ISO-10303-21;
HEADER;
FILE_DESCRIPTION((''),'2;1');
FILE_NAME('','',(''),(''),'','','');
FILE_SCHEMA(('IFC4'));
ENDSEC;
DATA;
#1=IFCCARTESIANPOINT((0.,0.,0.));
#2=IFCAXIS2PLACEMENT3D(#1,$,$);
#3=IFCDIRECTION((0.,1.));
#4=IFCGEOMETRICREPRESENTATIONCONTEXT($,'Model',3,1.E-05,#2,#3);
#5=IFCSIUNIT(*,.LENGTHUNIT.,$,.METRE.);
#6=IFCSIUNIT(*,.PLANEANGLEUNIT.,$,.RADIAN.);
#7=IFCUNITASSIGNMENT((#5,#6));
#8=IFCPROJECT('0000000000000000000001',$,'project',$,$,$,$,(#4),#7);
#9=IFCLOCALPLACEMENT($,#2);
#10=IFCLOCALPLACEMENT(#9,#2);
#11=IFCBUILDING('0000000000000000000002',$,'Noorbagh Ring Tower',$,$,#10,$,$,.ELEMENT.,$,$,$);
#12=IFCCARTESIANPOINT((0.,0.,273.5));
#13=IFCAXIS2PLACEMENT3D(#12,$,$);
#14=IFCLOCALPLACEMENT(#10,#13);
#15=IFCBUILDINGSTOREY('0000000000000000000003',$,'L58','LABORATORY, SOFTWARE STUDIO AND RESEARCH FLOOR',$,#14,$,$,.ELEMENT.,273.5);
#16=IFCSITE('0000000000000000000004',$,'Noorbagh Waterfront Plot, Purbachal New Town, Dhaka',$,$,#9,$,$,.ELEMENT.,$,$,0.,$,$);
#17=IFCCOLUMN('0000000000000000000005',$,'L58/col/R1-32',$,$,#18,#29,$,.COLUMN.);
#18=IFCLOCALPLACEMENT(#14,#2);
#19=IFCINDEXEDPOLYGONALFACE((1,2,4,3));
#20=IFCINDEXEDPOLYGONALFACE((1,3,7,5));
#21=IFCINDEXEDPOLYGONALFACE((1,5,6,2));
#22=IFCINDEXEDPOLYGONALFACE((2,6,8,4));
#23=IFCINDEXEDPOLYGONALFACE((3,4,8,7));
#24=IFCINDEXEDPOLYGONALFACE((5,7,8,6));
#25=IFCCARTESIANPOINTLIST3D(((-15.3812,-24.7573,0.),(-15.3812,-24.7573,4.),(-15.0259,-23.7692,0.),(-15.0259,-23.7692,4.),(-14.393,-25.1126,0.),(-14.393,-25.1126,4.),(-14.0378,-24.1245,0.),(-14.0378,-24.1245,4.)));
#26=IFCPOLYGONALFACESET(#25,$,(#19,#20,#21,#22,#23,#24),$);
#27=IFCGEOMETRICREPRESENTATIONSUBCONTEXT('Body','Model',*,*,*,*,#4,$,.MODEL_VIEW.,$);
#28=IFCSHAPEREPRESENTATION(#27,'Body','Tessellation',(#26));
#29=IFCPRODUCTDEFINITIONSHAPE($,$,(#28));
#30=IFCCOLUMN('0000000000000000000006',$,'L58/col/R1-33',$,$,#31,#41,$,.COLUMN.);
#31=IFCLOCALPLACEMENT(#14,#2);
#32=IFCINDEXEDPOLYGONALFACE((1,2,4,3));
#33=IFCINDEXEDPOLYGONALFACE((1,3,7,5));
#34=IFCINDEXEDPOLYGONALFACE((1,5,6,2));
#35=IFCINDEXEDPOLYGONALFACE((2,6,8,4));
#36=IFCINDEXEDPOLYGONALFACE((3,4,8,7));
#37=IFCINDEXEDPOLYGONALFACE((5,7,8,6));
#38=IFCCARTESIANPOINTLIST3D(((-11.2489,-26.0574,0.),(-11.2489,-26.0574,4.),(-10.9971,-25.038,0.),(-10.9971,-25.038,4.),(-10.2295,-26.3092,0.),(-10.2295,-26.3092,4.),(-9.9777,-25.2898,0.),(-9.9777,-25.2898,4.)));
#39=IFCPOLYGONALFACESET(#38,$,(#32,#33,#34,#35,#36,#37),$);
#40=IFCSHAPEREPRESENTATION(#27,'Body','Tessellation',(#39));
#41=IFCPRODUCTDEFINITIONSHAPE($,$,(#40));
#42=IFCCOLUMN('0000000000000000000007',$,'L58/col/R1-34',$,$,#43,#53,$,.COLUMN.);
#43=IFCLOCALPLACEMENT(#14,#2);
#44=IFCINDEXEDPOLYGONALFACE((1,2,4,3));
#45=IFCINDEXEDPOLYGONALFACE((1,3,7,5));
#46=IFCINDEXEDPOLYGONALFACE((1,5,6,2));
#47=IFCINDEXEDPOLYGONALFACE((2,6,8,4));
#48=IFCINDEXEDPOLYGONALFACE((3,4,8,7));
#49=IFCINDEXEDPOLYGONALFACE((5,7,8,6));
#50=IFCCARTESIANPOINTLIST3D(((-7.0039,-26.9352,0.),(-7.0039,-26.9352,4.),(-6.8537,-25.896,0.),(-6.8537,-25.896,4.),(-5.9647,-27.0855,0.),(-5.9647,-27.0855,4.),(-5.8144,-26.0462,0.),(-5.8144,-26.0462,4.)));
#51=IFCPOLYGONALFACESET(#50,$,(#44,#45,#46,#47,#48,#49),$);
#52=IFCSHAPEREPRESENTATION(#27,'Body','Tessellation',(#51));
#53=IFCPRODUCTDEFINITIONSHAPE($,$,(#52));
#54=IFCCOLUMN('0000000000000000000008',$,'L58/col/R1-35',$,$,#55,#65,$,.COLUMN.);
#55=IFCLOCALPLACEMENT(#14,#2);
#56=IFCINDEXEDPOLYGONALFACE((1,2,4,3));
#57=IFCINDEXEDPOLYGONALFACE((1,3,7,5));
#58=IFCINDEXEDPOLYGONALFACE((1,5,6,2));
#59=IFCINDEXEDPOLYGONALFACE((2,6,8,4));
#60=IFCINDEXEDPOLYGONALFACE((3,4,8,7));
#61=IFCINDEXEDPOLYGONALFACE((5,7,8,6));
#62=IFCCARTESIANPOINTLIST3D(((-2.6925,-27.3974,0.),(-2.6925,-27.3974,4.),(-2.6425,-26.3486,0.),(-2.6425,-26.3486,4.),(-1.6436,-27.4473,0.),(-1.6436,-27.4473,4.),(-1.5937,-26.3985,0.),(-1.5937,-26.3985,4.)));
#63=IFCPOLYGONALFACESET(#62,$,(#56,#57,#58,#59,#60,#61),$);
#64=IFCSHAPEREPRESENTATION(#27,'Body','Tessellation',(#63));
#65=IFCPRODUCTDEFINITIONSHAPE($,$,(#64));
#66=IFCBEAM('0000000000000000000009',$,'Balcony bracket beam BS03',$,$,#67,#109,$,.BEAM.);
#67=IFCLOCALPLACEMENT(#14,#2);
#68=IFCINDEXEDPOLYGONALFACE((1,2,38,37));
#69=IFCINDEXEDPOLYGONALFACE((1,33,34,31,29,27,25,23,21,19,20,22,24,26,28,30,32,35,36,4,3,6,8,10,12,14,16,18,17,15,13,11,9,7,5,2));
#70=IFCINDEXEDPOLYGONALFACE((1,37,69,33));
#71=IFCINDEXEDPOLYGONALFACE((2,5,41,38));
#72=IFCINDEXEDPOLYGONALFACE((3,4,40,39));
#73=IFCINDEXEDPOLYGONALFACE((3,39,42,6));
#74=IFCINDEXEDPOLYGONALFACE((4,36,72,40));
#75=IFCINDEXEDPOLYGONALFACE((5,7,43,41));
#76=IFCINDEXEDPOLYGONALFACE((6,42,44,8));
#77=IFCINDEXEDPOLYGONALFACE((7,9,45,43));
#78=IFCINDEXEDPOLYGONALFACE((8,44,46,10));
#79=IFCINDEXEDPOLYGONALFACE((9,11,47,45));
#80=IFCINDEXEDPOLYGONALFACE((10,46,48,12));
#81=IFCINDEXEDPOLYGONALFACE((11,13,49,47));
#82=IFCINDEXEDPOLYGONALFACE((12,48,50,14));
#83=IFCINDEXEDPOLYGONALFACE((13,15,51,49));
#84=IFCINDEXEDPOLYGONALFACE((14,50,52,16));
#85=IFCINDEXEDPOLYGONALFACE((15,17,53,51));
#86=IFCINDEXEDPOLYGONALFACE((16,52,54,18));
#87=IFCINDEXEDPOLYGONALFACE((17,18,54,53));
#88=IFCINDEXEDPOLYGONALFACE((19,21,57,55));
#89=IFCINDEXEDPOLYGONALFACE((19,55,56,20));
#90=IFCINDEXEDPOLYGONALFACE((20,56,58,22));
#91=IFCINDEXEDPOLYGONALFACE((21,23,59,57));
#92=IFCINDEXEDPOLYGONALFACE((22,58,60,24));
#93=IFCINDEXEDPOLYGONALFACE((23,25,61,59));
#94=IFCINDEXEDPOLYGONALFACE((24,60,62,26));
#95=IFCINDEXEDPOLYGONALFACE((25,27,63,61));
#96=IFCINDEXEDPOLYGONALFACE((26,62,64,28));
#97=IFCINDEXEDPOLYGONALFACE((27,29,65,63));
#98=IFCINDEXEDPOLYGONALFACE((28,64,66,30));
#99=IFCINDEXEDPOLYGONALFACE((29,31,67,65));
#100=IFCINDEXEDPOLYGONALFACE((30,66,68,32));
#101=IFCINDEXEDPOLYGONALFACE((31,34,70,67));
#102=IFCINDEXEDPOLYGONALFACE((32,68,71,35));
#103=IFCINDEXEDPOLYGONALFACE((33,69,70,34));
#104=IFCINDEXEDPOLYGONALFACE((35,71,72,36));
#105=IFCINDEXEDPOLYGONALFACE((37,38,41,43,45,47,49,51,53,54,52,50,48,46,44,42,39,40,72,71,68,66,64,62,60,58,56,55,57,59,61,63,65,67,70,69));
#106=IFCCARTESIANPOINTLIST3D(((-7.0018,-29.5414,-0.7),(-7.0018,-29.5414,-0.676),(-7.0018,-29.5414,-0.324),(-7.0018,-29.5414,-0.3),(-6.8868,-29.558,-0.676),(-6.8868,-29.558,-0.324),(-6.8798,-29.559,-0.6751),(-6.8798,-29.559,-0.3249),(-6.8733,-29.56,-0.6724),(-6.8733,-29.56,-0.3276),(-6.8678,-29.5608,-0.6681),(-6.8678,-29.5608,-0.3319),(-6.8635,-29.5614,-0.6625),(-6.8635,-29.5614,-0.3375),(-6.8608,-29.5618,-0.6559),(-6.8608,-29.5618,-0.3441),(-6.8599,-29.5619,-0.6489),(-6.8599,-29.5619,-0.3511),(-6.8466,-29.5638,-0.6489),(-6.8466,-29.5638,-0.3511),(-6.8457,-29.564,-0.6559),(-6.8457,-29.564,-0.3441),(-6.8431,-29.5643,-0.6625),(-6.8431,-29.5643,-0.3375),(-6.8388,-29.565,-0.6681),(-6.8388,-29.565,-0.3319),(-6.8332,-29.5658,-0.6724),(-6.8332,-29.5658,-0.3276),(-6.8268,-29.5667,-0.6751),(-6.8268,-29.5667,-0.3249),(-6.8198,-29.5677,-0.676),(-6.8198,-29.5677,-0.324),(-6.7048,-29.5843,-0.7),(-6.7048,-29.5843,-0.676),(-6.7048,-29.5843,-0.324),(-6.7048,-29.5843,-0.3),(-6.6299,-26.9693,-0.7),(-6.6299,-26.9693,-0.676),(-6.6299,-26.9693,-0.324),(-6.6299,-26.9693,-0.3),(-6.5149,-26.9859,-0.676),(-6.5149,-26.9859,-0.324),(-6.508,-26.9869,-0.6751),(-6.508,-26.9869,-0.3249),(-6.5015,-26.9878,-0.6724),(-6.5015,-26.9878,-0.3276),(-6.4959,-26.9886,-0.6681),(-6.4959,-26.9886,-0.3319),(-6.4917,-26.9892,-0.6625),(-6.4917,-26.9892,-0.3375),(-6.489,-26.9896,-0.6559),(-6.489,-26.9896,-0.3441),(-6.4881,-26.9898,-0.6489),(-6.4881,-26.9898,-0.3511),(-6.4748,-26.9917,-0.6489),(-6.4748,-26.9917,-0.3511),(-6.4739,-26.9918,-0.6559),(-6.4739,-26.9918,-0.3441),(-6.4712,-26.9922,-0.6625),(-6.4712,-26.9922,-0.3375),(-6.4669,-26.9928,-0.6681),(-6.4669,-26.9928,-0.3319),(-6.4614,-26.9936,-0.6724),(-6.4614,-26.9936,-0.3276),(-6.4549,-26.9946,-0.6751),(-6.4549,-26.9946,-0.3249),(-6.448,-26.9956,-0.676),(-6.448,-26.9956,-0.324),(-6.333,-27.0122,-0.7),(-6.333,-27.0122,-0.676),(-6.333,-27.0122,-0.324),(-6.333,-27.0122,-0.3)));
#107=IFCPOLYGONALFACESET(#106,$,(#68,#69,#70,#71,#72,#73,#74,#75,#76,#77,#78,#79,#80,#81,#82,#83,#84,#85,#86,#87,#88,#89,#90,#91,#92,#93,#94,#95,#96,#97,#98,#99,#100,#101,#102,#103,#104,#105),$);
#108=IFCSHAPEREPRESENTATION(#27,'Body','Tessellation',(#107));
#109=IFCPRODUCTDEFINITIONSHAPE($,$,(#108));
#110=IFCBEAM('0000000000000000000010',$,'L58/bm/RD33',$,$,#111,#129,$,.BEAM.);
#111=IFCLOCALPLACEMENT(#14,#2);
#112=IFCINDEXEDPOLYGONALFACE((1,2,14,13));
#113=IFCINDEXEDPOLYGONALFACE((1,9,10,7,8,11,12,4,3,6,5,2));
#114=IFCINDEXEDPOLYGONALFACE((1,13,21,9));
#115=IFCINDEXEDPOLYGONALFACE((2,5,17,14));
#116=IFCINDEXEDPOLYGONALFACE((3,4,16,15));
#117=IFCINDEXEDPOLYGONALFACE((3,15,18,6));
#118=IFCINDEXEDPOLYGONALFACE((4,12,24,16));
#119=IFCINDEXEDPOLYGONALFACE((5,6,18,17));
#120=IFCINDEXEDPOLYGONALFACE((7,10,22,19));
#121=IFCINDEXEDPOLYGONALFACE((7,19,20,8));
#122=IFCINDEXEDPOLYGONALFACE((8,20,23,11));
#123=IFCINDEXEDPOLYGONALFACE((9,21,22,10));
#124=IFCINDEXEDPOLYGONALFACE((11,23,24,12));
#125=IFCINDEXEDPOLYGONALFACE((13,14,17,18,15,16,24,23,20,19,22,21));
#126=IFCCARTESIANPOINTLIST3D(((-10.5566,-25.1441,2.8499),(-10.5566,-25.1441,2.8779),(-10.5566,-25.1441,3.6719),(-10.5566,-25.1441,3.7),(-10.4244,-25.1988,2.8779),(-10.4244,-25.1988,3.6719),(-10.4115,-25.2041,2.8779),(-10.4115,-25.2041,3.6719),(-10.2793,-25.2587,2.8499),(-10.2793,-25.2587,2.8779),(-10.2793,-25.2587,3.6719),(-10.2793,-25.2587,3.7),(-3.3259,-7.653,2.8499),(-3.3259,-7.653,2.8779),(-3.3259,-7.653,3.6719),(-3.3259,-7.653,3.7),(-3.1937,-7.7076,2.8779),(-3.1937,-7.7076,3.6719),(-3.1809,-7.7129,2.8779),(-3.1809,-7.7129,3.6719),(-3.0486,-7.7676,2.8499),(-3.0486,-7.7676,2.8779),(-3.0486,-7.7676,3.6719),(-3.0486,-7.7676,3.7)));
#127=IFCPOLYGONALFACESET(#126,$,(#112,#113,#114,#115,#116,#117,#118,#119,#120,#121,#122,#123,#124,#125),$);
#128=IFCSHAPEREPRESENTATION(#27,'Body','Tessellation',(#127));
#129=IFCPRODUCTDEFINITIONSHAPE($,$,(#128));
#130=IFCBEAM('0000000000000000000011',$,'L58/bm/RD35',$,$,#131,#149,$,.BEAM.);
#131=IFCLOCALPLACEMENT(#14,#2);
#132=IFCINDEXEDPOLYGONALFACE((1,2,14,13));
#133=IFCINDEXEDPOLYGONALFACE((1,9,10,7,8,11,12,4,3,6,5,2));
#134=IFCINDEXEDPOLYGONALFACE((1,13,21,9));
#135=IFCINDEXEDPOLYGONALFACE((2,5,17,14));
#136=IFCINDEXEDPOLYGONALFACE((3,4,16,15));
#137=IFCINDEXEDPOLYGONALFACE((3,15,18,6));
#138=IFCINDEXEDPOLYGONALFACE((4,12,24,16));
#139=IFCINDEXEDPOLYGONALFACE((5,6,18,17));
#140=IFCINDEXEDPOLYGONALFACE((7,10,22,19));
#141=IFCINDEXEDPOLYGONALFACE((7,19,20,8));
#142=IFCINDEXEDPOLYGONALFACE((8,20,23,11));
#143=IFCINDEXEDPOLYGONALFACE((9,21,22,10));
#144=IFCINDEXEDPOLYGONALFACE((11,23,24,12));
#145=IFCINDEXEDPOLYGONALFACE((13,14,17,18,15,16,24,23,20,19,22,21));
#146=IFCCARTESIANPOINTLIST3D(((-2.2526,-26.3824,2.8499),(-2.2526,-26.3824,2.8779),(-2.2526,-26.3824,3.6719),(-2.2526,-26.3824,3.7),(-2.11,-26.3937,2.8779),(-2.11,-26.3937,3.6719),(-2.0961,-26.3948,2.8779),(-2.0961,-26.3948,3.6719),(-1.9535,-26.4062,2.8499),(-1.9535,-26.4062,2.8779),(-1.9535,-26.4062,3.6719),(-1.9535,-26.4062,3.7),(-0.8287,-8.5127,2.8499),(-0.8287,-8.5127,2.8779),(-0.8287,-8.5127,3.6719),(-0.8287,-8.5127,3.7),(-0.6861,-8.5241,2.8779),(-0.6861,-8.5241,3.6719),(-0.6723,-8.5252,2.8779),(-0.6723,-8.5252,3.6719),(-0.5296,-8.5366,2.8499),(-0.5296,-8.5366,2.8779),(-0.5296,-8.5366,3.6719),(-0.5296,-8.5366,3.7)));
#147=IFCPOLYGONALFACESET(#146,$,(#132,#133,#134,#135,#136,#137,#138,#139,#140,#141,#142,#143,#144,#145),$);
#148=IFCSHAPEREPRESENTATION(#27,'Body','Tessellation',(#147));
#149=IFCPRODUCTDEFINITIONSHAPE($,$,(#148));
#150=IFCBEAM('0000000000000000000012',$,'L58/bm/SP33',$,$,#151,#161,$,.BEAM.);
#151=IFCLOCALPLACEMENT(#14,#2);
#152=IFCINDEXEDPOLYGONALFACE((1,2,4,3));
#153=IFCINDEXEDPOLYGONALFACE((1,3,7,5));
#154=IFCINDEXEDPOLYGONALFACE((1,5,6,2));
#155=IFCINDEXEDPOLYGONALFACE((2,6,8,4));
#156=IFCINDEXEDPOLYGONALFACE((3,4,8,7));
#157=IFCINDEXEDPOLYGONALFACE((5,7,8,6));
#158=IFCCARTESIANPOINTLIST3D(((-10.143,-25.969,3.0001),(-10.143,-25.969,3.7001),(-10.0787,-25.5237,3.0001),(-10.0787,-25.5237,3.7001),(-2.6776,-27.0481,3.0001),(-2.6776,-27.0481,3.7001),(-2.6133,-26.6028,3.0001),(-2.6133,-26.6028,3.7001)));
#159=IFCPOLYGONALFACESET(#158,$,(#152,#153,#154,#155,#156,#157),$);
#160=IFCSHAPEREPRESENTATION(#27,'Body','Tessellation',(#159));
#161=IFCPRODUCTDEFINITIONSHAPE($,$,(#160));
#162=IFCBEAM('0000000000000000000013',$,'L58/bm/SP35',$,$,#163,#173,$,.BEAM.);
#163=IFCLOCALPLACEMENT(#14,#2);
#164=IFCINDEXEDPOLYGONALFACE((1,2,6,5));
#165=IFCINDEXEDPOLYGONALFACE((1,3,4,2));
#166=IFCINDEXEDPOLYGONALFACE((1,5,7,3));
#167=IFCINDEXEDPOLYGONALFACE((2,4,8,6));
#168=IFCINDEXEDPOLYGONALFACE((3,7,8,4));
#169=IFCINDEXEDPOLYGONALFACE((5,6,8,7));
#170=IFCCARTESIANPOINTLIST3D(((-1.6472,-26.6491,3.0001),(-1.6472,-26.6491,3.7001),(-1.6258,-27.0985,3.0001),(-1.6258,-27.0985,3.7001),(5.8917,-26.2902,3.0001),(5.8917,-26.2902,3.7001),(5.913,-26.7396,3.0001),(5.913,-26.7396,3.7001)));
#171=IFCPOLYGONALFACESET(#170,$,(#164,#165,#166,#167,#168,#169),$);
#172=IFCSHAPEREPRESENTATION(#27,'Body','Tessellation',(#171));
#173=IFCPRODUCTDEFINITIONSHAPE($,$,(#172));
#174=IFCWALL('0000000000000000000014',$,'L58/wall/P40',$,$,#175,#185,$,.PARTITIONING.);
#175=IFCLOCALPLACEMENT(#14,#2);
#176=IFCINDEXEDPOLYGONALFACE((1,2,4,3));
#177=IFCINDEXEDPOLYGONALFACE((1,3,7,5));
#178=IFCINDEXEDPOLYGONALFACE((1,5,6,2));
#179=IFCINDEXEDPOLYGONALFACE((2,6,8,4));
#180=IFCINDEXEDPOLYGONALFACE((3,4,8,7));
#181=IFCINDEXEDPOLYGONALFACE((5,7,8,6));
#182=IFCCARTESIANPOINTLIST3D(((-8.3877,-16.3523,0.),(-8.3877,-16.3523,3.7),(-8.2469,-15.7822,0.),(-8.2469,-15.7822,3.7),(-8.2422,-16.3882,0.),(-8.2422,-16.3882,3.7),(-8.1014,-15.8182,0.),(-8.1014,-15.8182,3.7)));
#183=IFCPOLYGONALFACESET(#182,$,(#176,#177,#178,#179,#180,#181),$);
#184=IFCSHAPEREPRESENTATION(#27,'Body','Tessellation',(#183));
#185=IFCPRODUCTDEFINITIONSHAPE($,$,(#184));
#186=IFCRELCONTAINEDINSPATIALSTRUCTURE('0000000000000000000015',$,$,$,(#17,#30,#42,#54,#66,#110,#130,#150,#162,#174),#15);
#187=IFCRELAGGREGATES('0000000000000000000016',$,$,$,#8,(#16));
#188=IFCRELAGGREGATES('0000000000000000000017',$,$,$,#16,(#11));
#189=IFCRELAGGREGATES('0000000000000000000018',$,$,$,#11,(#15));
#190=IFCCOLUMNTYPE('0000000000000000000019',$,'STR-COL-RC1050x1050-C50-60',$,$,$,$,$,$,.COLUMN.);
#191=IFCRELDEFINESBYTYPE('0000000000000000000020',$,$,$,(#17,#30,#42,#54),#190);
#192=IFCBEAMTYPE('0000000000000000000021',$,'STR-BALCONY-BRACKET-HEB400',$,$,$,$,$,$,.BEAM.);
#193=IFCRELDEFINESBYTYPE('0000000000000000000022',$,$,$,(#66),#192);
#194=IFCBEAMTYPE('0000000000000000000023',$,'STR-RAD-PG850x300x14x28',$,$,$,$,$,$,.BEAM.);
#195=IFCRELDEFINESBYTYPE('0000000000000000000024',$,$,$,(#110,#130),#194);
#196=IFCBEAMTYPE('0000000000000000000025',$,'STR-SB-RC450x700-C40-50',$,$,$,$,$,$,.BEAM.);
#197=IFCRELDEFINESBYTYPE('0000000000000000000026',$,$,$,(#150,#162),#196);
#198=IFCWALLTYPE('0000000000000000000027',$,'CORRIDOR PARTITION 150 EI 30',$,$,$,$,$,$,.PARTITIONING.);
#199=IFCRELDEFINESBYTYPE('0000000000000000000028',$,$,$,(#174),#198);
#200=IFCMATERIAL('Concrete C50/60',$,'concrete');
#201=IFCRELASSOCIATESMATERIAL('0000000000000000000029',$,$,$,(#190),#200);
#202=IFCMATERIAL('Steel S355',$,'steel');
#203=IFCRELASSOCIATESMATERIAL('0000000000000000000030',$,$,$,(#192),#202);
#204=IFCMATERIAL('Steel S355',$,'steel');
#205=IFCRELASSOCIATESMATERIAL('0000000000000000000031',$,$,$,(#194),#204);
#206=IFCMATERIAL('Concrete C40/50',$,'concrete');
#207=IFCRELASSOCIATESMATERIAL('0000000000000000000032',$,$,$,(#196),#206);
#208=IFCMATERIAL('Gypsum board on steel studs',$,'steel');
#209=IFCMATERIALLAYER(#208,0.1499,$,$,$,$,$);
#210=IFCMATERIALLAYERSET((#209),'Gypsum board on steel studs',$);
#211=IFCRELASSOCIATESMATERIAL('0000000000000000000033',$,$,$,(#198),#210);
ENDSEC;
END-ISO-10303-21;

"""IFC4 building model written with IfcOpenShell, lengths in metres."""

from ifc_helpers import new_model, si_unit, direction, frame, frame_2d, origin, origin_2d, place, context, subcontext, project, spatial, rectangle, i_section, extrude, material, layer, layer_set, material_profile, profile_set, type_object, element, save


model = new_model("IFC4")

# Units and contexts
model_context = context("Model", 3, precision=1e-05, world=origin(), true_north=direction((0.0, 1.0)))
body_context = subcontext(model_context, "Body", "Model", "MODEL_VIEW")
ifc_project = project(units=[si_unit("LENGTHUNIT", "METRE"), si_unit("PLANEANGLEUNIT", "RADIAN")], contexts=[model_context])

# Site, building, storey
site_placement = place(None, origin())
site = spatial("IfcSite", under=ifc_project, at=site_placement, Name="Noorbagh Waterfront Plot, Purbachal New Town, Dhaka", CompositionType="ELEMENT", RefElevation=0.0)
building_placement = place(site_placement, origin())
building = spatial("IfcBuilding", under=site, at=building_placement, Name="Noorbagh Ring Tower", CompositionType="ELEMENT")
storey_placement = place(building_placement, frame((0.0, 0.0, 273.5)))
storey = spatial("IfcBuildingStorey", under=building, at=storey_placement, Name="L58", Description="LABORATORY, SOFTWARE STUDIO AND RESEARCH FLOOR", CompositionType="ELEMENT", Elevation=273.5)

# Columns
ifc_material_1 = material(Name="Concrete C50/60", Category="concrete")
ifc_material_profile_1 = material_profile(ifc_material_1, rectangle(XDim=1.05, YDim=1.05, at=origin_2d()), Name="RC1050x1050")
ifc_profile_set_1 = profile_set([ifc_material_profile_1], Name="Concrete C50/60")
column_type = type_object("IfcColumnType", Name="STR-COL-RC1050x1050-C50-60", PredefinedType="COLUMN", material=ifc_profile_set_1)
for number, where, z_axis, x_axis, name in (
    (1, (-14.7095, -24.4409, 0.0), (0.0, 0.0, 1.0), (0.941025, -0.338338, 0.0), "L58/col/R1-32"),
    (2, (-10.6133, -25.6736, 0.0), (0.0, 0.0, 1.0), (0.970829, -0.239771, 0.0), "L58/col/R1-33"),
    (3, (-6.4092, -26.4907, 0.0), (0.0, 0.0, 1.0), (0.989713, -0.143066, 0.0), "L58/col/R1-34"),
    (4, (-2.1431, -26.8979, 0.0), (0.0, 0.0, 1.0), (0.998869, -0.047553, 0.0), "L58/col/R1-35"),
):
    element("IfcColumn", number, at=place(storey_placement, frame(where, z_axis=z_axis, x_axis=x_axis)), inside=storey, type_object=column_type, Name=name, PredefinedType="COLUMN", context=body_context, shape_type="SweptSolid", body=[
        extrude(rectangle(XDim=1.05, YDim=1.05, at=origin_2d()), origin(), (0.0, 0.0, 1.0), 4.0),
    ])

# Beams
ifc_material_2 = material(Name="Steel S355", Category="steel")
ifc_material_profile_2 = material_profile(ifc_material_2, i_section(OverallWidth=0.3, OverallDepth=0.3999, WebThickness=0.0134, FlangeThickness=0.0239, FilletRadius=0.0271, at=origin_2d()), Name="HEB400")
ifc_profile_set_2 = profile_set([ifc_material_profile_2], Name="Steel S355")
beam_type_1 = type_object("IfcBeamType", Name="STR-BALCONY-BRACKET-HEB400", PredefinedType="BEAM", material=ifc_profile_set_2)
beam_1_placement = place(storey_placement, frame((-6.4814, -26.9907, -0.5), z_axis=(-0.143078, -0.989711, 0.0), x_axis=(0.989711, -0.143078, 0.0)))
element("IfcBeam", 5, at=beam_1_placement, inside=storey, type_object=beam_type_1, Name="Balcony bracket beam BS03", PredefinedType="BEAM", context=body_context, shape_type="SweptSolid", body=[
    extrude(i_section(OverallWidth=0.3, OverallDepth=0.3999, WebThickness=0.0134, FlangeThickness=0.0239, FilletRadius=0.0271, at=origin_2d()), origin(), (0.0, 0.0, 1.0), 2.5989),
])
ifc_material_3 = material(Name="Steel S355", Category="steel")
ifc_material_profile_3 = material_profile(ifc_material_3, i_section(OverallWidth=0.3, OverallDepth=0.8501, WebThickness=0.0139, FlangeThickness=0.0281, at=origin_2d()), Name="PG850x300x14x28")
ifc_profile_set_3 = profile_set([ifc_material_profile_3], Name="Steel S355")
beam_type_2 = type_object("IfcBeamType", Name="STR-RAD-PG850x300x14x28", PredefinedType="BEAM", material=ifc_profile_set_3)
beam_2_placement = place(storey_placement, frame((-10.418, -25.2014, 3.2749), z_axis=(0.382035, 0.924148, 0.0), x_axis=(-0.924148, 0.382035, 0.0)))
element("IfcBeam", 6, at=beam_2_placement, inside=storey, type_object=beam_type_2, Name="L58/bm/RD33", PredefinedType="BEAM", context=body_context, shape_type="SweptSolid", body=[
    extrude(i_section(OverallWidth=0.3, OverallDepth=0.8501, WebThickness=0.0139, FlangeThickness=0.0281, at=origin_2d()), origin(), (0.0, 0.0, 1.0), 18.9268),
])
beam_3_placement = place(storey_placement, frame((-2.103, -26.3943, 3.2749), z_axis=(0.079427, 0.996841, 0.0), x_axis=(-0.996841, 0.079427, 0.0)))
element("IfcBeam", 7, at=beam_3_placement, inside=storey, type_object=beam_type_2, Name="L58/bm/RD35", PredefinedType="BEAM", context=body_context, shape_type="SweptSolid", body=[
    extrude(i_section(OverallWidth=0.3, OverallDepth=0.8501, WebThickness=0.0139, FlangeThickness=0.0281, at=origin_2d()), origin(), (0.0, 0.0, 1.0), 17.9263),
])
ifc_material_4 = material(Name="Concrete C40/50", Category="concrete")
ifc_material_profile_4 = material_profile(ifc_material_4, rectangle(XDim=0.45, YDim=0.7, at=origin_2d()), Name="RC450x700")
ifc_profile_set_4 = profile_set([ifc_material_profile_4], Name="Concrete C40/50")
beam_type_3 = type_object("IfcBeamType", Name="STR-SB-RC450x700-C40-50", PredefinedType="BEAM", material=ifc_profile_set_4)
beam_4_placement = place(storey_placement, frame((-10.1108, -25.7463, 3.3501), z_axis=(0.989714, -0.143062, 0.0), x_axis=(0.143062, 0.989714, 0.0)))
element("IfcBeam", 8, at=beam_4_placement, inside=storey, type_object=beam_type_3, Name="L58/bm/SP33", PredefinedType="BEAM", context=body_context, shape_type="SweptSolid", body=[
    extrude(rectangle(XDim=0.45, YDim=0.7, at=origin_2d()), origin(), (0.0, 0.0, 1.0), 7.543),
])
beam_5_placement = place(storey_placement, frame((-1.6365, -26.8738, 3.3501), z_axis=(0.998869, 0.047551, 0.0), x_axis=(-0.047551, 0.998869, 0.0)))
element("IfcBeam", 9, at=beam_5_placement, inside=storey, type_object=beam_type_3, Name="L58/bm/SP35", PredefinedType="BEAM", context=body_context, shape_type="SweptSolid", body=[
    extrude(rectangle(XDim=0.45, YDim=0.7, at=origin_2d()), origin(), (0.0, 0.0, 1.0), 7.5474),
])

# Wall
ifc_material_5 = material(Name="Gypsum board on steel studs", Category="steel")
ifc_layer_1 = layer(ifc_material_5, 0.1499)
ifc_layer_set_1 = layer_set([ifc_layer_1], Name="Gypsum board on steel studs")
wall_type_1 = type_object("IfcWallType", Name="CORRIDOR PARTITION 150 EI 30", PredefinedType="PARTITIONING", material=ifc_layer_set_1)
wall_1_placement = place(storey_placement, frame((-8.3149, -16.3701, 0.0), z_axis=(0.0, 0.0, 1.0), x_axis=(0.239893, 0.970799, 0.0)))
element("IfcWall", 10, at=wall_1_placement, inside=storey, type_object=wall_type_1, Name="L58/wall/P40", PredefinedType="PARTITIONING", context=body_context, shape_type="SweptSolid", body=[
    extrude(rectangle(XDim=0.5872, YDim=0.1499, at=frame_2d((0.2935, 0.0))), origin(), (0.0, 0.0, 1.0), 3.7),
])

save(model, "model.ifc")
